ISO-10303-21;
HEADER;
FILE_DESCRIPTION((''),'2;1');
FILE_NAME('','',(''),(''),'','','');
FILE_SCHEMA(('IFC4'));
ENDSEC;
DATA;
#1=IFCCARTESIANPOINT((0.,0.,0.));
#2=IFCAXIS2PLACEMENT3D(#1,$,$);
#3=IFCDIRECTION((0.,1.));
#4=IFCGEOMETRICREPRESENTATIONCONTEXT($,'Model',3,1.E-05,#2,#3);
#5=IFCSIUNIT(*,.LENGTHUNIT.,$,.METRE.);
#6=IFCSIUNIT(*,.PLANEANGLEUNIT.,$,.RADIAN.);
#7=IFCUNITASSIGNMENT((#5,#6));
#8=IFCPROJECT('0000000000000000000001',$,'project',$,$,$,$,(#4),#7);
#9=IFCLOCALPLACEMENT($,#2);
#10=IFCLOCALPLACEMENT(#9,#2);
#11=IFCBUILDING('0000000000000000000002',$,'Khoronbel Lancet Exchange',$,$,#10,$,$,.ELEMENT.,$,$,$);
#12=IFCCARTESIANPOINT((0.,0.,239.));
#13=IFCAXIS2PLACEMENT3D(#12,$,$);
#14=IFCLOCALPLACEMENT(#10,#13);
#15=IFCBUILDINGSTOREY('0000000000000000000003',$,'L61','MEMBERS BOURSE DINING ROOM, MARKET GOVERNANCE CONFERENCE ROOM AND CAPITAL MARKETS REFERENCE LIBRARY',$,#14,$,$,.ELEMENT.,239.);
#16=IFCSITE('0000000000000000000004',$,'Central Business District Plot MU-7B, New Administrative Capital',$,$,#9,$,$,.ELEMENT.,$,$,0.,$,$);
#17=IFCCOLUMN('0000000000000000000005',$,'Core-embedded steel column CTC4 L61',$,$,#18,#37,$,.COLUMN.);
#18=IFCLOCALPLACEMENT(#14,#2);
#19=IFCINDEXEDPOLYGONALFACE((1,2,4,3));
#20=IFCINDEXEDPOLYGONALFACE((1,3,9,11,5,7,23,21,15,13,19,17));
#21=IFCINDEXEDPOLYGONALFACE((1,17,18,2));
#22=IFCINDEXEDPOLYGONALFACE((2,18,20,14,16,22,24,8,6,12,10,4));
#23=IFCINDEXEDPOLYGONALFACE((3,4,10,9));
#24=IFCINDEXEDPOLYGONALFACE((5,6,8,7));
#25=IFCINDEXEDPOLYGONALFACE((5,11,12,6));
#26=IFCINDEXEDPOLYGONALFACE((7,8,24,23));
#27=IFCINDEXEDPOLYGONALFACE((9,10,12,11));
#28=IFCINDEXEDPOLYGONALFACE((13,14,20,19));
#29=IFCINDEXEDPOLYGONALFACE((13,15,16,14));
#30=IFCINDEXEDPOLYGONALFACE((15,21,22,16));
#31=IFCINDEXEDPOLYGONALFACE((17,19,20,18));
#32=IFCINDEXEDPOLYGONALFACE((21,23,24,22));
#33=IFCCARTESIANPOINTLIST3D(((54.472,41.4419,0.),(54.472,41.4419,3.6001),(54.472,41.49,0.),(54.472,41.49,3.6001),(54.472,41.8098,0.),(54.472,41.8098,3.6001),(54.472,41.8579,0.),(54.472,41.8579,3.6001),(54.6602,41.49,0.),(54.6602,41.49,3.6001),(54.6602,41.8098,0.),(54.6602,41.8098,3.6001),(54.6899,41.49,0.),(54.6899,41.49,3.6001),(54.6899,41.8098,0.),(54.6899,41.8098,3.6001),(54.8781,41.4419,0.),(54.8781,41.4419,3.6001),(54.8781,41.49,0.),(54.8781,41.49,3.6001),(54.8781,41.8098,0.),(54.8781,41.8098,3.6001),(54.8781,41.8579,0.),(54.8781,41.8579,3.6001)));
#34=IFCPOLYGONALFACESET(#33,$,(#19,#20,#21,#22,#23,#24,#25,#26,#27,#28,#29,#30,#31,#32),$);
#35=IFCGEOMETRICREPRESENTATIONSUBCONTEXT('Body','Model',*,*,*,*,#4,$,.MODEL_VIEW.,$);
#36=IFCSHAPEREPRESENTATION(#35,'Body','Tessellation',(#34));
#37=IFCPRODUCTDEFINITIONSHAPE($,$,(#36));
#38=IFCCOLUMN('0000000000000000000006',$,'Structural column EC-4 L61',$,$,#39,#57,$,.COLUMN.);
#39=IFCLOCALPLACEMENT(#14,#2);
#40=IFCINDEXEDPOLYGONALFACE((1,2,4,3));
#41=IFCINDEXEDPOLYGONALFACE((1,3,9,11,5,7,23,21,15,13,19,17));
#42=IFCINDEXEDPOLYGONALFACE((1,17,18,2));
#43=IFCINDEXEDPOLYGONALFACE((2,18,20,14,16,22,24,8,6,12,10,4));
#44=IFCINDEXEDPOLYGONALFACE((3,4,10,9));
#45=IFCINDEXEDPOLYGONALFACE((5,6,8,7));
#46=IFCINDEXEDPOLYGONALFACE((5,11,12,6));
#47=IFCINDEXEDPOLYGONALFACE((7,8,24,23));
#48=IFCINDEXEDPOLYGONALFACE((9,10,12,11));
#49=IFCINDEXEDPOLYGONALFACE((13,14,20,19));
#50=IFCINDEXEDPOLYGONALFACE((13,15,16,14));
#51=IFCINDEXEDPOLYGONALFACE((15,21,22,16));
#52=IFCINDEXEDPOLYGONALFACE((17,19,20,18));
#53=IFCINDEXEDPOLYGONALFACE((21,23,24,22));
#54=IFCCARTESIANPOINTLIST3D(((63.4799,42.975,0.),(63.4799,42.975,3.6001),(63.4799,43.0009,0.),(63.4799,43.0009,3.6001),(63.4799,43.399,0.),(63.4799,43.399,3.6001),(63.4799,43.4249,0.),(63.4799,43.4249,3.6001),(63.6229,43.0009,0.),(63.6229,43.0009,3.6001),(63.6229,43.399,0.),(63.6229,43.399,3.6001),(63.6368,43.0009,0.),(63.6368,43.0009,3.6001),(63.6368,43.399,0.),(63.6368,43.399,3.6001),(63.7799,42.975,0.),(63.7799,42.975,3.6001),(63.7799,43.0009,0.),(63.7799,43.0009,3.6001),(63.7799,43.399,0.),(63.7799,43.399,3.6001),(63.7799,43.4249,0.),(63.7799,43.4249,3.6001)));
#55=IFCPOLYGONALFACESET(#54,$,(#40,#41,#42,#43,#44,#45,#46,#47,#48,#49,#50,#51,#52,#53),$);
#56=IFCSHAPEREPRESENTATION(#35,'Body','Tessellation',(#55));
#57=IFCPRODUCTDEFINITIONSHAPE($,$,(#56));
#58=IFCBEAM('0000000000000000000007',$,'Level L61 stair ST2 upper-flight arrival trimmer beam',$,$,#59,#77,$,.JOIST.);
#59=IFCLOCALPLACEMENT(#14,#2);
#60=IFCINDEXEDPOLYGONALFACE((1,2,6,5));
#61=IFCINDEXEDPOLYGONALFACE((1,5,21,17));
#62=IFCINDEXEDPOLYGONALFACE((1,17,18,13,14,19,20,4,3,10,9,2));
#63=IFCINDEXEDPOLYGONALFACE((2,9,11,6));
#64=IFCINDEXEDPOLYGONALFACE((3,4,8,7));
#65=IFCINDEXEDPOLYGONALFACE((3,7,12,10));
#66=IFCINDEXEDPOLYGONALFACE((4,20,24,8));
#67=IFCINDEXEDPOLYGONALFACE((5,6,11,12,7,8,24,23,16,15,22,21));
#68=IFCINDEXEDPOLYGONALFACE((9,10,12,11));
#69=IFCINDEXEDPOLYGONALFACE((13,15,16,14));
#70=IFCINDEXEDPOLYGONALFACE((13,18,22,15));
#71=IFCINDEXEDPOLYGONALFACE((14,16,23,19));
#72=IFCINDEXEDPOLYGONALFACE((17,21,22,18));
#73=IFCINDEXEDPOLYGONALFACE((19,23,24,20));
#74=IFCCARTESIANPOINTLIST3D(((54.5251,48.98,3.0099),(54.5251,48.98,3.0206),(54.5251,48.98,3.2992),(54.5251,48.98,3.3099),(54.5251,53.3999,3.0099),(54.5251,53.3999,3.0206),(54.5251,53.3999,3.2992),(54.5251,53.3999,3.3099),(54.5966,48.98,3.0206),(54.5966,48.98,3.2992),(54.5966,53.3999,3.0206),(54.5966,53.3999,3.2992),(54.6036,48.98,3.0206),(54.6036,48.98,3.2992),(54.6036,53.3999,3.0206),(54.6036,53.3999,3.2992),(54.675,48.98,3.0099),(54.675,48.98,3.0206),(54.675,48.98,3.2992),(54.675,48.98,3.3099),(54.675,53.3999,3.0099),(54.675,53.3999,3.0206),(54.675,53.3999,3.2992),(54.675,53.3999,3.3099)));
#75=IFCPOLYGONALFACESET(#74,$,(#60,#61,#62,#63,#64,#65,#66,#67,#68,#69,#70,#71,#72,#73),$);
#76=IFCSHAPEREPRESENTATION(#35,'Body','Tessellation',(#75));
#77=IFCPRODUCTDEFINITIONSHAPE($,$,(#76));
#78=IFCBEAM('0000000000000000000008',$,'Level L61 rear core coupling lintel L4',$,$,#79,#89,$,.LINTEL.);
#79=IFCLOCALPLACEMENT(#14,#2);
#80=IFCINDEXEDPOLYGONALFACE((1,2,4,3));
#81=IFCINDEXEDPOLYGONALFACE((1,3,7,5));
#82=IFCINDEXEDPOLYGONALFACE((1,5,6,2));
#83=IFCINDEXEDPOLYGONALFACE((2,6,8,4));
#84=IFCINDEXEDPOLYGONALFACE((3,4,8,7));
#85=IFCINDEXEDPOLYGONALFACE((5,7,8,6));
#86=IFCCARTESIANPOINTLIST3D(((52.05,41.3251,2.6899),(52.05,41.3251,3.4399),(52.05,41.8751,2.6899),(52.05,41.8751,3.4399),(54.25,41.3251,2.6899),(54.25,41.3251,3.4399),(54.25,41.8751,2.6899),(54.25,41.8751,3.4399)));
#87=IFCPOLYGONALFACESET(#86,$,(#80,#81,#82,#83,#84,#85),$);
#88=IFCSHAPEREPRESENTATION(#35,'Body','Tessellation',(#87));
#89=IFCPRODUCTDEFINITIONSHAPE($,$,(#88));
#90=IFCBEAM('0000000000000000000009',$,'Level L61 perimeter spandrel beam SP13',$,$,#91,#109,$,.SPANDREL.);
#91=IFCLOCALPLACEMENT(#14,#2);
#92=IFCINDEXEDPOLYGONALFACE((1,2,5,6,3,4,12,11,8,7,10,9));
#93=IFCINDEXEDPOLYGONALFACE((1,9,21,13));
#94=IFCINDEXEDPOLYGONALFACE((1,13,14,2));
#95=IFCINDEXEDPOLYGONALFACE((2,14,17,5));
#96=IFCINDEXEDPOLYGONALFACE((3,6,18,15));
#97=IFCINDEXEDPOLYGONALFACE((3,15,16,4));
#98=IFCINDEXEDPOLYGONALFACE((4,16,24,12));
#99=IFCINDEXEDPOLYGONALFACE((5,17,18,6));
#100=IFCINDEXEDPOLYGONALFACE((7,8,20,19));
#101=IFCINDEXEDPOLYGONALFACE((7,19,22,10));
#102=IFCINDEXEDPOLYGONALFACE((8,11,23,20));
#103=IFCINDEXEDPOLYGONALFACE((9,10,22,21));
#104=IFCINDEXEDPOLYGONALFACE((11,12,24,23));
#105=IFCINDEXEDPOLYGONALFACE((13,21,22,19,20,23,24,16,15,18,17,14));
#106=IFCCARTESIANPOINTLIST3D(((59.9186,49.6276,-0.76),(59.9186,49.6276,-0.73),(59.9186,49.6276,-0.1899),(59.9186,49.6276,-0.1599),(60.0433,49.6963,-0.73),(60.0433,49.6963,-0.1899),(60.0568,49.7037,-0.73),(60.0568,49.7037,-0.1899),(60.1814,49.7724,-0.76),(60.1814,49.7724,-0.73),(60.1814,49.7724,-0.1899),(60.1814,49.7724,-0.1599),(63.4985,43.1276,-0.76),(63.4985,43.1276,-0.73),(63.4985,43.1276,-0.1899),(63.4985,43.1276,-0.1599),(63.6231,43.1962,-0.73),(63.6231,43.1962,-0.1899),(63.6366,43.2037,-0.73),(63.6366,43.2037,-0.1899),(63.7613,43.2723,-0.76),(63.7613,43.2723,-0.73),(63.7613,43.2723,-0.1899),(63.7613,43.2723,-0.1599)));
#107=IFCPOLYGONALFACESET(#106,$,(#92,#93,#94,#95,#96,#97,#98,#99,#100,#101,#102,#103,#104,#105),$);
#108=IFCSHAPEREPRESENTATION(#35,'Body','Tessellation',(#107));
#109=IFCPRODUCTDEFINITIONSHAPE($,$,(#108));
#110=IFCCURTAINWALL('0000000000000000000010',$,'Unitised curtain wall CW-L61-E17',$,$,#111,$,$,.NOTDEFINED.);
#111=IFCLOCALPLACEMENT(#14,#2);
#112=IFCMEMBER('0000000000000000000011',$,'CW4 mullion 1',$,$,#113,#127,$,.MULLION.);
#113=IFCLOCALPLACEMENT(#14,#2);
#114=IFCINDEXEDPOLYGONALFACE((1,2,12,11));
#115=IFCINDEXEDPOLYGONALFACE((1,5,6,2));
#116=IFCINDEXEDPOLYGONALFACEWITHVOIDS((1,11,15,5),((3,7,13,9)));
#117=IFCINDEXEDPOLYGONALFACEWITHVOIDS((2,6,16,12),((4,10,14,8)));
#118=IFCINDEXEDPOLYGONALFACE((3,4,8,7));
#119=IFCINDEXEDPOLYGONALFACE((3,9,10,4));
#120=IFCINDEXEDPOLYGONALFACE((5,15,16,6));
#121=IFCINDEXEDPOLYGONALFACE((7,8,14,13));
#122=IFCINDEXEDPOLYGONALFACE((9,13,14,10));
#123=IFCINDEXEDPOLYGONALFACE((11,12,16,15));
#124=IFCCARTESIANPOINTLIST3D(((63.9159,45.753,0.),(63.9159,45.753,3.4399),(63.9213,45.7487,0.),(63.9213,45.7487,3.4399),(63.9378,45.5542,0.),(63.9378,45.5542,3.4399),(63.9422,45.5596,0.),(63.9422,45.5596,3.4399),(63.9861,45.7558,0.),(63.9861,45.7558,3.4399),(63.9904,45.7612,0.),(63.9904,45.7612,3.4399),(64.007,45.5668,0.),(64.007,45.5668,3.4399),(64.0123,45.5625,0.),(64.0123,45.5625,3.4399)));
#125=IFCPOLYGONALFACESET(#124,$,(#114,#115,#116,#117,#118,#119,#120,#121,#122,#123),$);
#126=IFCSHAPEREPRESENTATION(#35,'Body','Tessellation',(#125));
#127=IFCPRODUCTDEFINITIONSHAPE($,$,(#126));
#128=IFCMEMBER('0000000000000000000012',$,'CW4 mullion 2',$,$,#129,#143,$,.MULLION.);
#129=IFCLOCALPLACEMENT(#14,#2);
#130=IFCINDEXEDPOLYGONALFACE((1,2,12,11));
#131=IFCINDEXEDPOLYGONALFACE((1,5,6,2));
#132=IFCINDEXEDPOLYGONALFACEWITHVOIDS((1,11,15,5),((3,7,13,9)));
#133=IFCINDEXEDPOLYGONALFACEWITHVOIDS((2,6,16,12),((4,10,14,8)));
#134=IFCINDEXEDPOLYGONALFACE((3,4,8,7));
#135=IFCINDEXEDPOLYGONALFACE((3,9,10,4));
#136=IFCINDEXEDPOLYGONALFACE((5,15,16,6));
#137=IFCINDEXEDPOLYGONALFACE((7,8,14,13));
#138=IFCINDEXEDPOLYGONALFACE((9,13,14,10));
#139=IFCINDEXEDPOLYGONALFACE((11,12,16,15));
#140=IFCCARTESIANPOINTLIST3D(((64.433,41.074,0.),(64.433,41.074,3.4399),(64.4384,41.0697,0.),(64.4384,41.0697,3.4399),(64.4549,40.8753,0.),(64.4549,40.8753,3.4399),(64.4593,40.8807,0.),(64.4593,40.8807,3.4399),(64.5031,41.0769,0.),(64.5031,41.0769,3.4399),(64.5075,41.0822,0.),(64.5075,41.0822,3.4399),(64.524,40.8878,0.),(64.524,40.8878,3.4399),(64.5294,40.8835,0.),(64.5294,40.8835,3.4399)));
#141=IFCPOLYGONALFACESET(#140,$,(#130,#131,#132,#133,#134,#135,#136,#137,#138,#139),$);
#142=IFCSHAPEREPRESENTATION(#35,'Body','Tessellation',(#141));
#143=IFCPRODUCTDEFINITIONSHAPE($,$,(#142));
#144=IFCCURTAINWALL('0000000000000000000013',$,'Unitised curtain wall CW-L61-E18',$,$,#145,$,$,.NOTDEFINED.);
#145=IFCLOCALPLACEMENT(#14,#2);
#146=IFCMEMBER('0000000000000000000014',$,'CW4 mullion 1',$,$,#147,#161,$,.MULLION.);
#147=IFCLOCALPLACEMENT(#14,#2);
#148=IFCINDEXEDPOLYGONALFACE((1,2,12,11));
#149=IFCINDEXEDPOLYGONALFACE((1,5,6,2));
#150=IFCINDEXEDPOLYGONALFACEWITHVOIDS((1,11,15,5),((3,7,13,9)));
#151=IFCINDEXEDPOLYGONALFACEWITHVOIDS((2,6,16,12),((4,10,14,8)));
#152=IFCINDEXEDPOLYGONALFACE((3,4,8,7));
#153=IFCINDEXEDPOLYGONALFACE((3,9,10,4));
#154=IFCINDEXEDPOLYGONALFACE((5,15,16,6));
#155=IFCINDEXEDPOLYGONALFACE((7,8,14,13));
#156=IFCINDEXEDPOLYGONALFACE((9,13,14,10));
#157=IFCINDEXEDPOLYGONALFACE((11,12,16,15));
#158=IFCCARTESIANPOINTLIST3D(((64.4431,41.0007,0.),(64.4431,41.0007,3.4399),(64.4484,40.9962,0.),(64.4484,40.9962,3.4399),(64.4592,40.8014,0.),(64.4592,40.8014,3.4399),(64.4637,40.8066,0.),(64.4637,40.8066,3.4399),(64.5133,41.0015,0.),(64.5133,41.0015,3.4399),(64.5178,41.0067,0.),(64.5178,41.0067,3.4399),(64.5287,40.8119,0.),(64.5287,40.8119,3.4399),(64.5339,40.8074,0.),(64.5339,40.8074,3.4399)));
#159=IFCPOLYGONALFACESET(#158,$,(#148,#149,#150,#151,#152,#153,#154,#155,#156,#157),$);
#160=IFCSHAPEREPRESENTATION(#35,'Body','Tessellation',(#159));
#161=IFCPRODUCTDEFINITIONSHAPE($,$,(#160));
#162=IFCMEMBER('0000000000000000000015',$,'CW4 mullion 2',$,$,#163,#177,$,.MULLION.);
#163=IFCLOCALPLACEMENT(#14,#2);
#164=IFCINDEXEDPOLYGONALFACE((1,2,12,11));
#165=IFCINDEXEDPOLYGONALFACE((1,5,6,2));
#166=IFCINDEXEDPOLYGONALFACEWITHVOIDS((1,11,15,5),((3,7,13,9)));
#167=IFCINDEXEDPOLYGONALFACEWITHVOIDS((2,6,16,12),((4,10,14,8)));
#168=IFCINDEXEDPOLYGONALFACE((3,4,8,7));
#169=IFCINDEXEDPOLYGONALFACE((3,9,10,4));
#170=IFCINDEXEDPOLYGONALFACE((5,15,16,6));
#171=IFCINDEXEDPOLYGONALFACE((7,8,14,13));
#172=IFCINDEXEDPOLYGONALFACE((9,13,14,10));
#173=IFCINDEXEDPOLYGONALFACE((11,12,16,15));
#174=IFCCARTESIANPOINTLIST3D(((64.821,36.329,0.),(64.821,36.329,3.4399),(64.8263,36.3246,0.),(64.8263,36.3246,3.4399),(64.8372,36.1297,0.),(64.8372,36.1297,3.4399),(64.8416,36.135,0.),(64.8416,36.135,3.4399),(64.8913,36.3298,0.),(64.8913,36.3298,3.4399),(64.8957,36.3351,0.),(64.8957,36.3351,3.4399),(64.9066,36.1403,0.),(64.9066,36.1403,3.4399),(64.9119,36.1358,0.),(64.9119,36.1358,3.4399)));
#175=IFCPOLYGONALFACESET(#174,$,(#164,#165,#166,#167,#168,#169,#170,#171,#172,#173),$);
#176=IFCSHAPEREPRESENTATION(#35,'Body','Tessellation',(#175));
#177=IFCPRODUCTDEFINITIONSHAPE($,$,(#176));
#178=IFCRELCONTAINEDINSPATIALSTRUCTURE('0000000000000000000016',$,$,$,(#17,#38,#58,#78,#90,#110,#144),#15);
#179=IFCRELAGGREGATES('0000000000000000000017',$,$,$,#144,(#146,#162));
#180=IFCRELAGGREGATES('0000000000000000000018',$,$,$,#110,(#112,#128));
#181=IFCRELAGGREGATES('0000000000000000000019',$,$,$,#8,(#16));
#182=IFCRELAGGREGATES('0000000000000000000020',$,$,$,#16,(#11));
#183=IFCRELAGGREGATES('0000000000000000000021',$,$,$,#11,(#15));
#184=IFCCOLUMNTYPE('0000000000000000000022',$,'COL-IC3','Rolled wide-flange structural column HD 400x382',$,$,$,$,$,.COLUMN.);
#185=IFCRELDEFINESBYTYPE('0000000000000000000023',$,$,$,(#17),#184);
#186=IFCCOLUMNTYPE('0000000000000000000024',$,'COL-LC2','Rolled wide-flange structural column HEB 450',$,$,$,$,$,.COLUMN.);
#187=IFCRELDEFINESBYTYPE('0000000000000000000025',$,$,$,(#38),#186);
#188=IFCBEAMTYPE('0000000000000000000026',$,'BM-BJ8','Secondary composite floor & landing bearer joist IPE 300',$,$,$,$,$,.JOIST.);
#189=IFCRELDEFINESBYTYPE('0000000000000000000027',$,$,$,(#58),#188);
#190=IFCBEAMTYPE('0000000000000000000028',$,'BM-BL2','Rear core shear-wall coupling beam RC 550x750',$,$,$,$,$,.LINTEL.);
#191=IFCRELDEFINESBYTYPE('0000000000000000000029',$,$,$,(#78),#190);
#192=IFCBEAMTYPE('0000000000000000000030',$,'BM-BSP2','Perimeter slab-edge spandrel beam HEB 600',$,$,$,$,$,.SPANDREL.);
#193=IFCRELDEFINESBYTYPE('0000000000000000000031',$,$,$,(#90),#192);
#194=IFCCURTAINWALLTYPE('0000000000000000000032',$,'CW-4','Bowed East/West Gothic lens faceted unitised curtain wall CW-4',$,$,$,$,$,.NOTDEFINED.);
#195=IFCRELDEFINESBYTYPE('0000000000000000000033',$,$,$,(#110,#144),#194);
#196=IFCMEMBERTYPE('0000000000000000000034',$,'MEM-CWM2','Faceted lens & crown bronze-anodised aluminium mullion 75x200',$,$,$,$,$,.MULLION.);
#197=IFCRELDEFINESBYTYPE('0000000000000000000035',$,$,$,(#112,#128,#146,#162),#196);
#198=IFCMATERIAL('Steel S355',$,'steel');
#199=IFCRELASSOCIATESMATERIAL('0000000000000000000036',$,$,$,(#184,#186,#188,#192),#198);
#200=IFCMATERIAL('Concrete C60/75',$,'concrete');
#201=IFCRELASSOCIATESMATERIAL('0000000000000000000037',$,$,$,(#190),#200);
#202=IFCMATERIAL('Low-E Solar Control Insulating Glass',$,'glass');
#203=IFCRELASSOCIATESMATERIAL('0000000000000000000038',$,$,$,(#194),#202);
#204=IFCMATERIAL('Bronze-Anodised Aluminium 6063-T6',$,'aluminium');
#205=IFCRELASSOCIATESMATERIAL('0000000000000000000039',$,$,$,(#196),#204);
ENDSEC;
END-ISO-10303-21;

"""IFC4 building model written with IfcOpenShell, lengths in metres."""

from ifc_helpers import new_model, si_unit, direction, frame, origin, origin_2d, place, context, subcontext, project, spatial, rectangle, hollow_rectangle, i_section, extrude, material, material_profile, profile_set, type_object, element, aggregate, save


model = new_model("IFC4")

# Units and contexts
model_context = context("Model", 3, precision=1e-05, world=origin(), true_north=direction((0.0, 1.0)))
body_context = subcontext(model_context, "Body", "Model", "MODEL_VIEW")
ifc_project = project(units=[si_unit("LENGTHUNIT", "METRE"), si_unit("PLANEANGLEUNIT", "RADIAN")], contexts=[model_context])

# Site, building, storey
site_placement = place(None, origin())
site = spatial("IfcSite", under=ifc_project, at=site_placement, Name="Central Business District Plot MU-7B, New Administrative Capital", CompositionType="ELEMENT", RefElevation=0.0)
building_placement = place(site_placement, origin())
building = spatial("IfcBuilding", under=site, at=building_placement, Name="Khoronbel Lancet Exchange", CompositionType="ELEMENT")
storey_placement = place(building_placement, frame((0.0, 0.0, 239.0)))
storey = spatial("IfcBuildingStorey", under=building, at=storey_placement, Name="L61", Description="MEMBERS BOURSE DINING ROOM, MARKET GOVERNANCE CONFERENCE ROOM AND CAPITAL MARKETS REFERENCE LIBRARY", CompositionType="ELEMENT", Elevation=239.0)

# Columns
ifc_material_1 = material(Name="Steel S355", Category="steel")
ifc_material_profile_1 = material_profile(ifc_material_1, i_section(OverallWidth=0.406, OverallDepth=0.416, WebThickness=0.0298, FlangeThickness=0.0481, at=origin_2d()), Name="HD 400x382")
ifc_profile_set_1 = profile_set([ifc_material_profile_1], Name="Steel S355")
column_type_1 = type_object("IfcColumnType", Name="COL-IC3", Description="Rolled wide-flange structural column HD 400x382", PredefinedType="COLUMN", material=ifc_profile_set_1)
column_1_placement = place(storey_placement, frame((54.675, 41.6499, 0.0), z_axis=(0.0, 0.0, 1.0), x_axis=(1.0, 0.0, 0.0)))
element("IfcColumn", 1, at=column_1_placement, inside=storey, type_object=column_type_1, Name="Core-embedded steel column CTC4 L61", PredefinedType="COLUMN", context=body_context, shape_type="SweptSolid", body=[
    extrude(i_section(OverallWidth=0.406, OverallDepth=0.416, WebThickness=0.0298, FlangeThickness=0.0481, at=origin_2d()), origin(), (0.0, 0.0, 1.0), 3.6001),
])
ifc_material_profile_2 = material_profile(ifc_material_1, i_section(OverallWidth=0.3, OverallDepth=0.45, WebThickness=0.0139, FlangeThickness=0.0259, at=origin_2d()), Name="HEB 450")
ifc_profile_set_2 = profile_set([ifc_material_profile_2], Name="Steel S355")
column_type_2 = type_object("IfcColumnType", Name="COL-LC2", Description="Rolled wide-flange structural column HEB 450", PredefinedType="COLUMN", material=ifc_profile_set_2)
column_2_placement = place(storey_placement, frame((63.6299, 43.2, 0.0), z_axis=(0.0, 0.0, 1.0), x_axis=(1.0, 0.0, 0.0)))
element("IfcColumn", 2, at=column_2_placement, inside=storey, type_object=column_type_2, Name="Structural column EC-4 L61", PredefinedType="COLUMN", context=body_context, shape_type="SweptSolid", body=[
    extrude(i_section(OverallWidth=0.3, OverallDepth=0.45, WebThickness=0.0139, FlangeThickness=0.0259, at=origin_2d()), origin(), (0.0, 0.0, 1.0), 3.6001),
])

# Beams
ifc_material_profile_3 = material_profile(ifc_material_1, i_section(OverallWidth=0.1499, OverallDepth=0.3, WebThickness=0.0071, FlangeThickness=0.0107, at=origin_2d()), Name="IPE 300")
ifc_profile_set_3 = profile_set([ifc_material_profile_3], Name="Steel S355")
beam_type_1 = type_object("IfcBeamType", Name="BM-BJ8", Description="Secondary composite floor & landing bearer joist IPE 300", PredefinedType="JOIST", material=ifc_profile_set_3)
beam_1_placement = place(storey_placement, frame((54.6001, 48.98, 3.1599), z_axis=(0.0, 1.0, 0.0), x_axis=(-1.0, 0.0, 0.0)))
element("IfcBeam", 3, at=beam_1_placement, inside=storey, type_object=beam_type_1, Name="Level L61 stair ST2 upper-flight arrival trimmer beam", PredefinedType="JOIST", context=body_context, shape_type="SweptSolid", body=[
    extrude(i_section(OverallWidth=0.1499, OverallDepth=0.3, WebThickness=0.0071, FlangeThickness=0.0107, at=origin_2d()), origin(), (0.0, 0.0, 1.0), 4.4199),
])
ifc_material_2 = material(Name="Concrete C60/75", Category="concrete")
ifc_material_profile_4 = material_profile(ifc_material_2, rectangle(XDim=0.55, YDim=0.75, at=origin_2d()), Name="RC 550x750")
ifc_profile_set_4 = profile_set([ifc_material_profile_4], Name="Concrete C60/75")
beam_type_2 = type_object("IfcBeamType", Name="BM-BL2", Description="Rear core shear-wall coupling beam RC 550x750", PredefinedType="LINTEL", material=ifc_profile_set_4)
beam_2_placement = place(storey_placement, frame((52.05, 41.6001, 3.0649), z_axis=(1.0, 0.0, 0.0), x_axis=(0.0, 1.0, 0.0)))
element("IfcBeam", 4, at=beam_2_placement, inside=storey, type_object=beam_type_2, Name="Level L61 rear core coupling lintel L4", PredefinedType="LINTEL", context=body_context, shape_type="SweptSolid", body=[
    extrude(rectangle(XDim=0.55, YDim=0.75, at=origin_2d()), origin(), (0.0, 0.0, 1.0), 2.2),
])
ifc_material_profile_5 = material_profile(ifc_material_1, i_section(OverallWidth=0.3, OverallDepth=0.6001, WebThickness=0.0154, FlangeThickness=0.03, at=origin_2d()), Name="HEB 600")
ifc_profile_set_5 = profile_set([ifc_material_profile_5], Name="Steel S355")
beam_type_3 = type_object("IfcBeamType", Name="BM-BSP2", Description="Perimeter slab-edge spandrel beam HEB 600", PredefinedType="SPANDREL", material=ifc_profile_set_5)
beam_3_placement = place(storey_placement, frame((63.6299, 43.2, -0.46), z_axis=(-0.482419, 0.875941, 0.0), x_axis=(-0.875941, -0.482419, 0.0)))
element("IfcBeam", 5, at=beam_3_placement, inside=storey, type_object=beam_type_3, Name="Level L61 perimeter spandrel beam SP13", PredefinedType="SPANDREL", context=body_context, shape_type="SweptSolid", body=[
    extrude(i_section(OverallWidth=0.3, OverallDepth=0.6001, WebThickness=0.0154, FlangeThickness=0.03, at=origin_2d()), origin(), (0.0, 0.0, 1.0), 7.4207),
])

# Curtain walls, members
ifc_material_3 = material(Name="Low-E Solar Control Insulating Glass", Category="glass")
curtain_wall_type = type_object("IfcCurtainWallType", Name="CW-4", Description="Bowed East/West Gothic lens faceted unitised curtain wall CW-4", PredefinedType="NOTDEFINED", material=ifc_material_3)
curtain_wall_1_placement = place(storey_placement, origin())
curtain_wall_1 = element("IfcCurtainWall", 6, at=curtain_wall_1_placement, inside=storey, type_object=curtain_wall_type, Name="Unitised curtain wall CW-L61-E17", PredefinedType="NOTDEFINED")
ifc_material_4 = material(Name="Bronze-Anodised Aluminium 6063-T6", Category="aluminium")
ifc_material_profile_6 = material_profile(ifc_material_4, hollow_rectangle(XDim=0.075, YDim=0.2, WallThickness=0.0049, at=origin_2d()), Name="ALU MULLION 75x200")
ifc_profile_set_6 = profile_set([ifc_material_profile_6], Name="Bronze-Anodised Aluminium 6063-T6")
member_type_1 = type_object("IfcMemberType", Name="MEM-CWM2", Description="Faceted lens & crown bronze-anodised aluminium mullion 75x200", PredefinedType="MULLION", material=ifc_profile_set_6)
member_1_placement = place(storey_placement, frame((63.9641, 45.6577, 0.0), z_axis=(0.0, 0.0, 1.0), x_axis=(0.993947, 0.109858, 0.0)))
member_1 = element("IfcMember", 7, at=member_1_placement, type_object=member_type_1, Name="CW4 mullion 1", PredefinedType="MULLION", context=body_context, shape_type="SweptSolid", body=[
    extrude(hollow_rectangle(XDim=0.075, YDim=0.2, WallThickness=0.0049, at=origin_2d()), origin(), (0.0, 0.0, 1.0), 3.4399),
])
member_2_placement = place(storey_placement, frame((64.4812, 40.9788, 0.0), z_axis=(0.0, 0.0, 1.0), x_axis=(0.993947, 0.109858, 0.0)))
member_2 = element("IfcMember", 8, at=member_2_placement, type_object=member_type_1, Name="CW4 mullion 2", PredefinedType="MULLION", context=body_context, shape_type="SweptSolid", body=[
    extrude(hollow_rectangle(XDim=0.075, YDim=0.2, WallThickness=0.0049, at=origin_2d()), origin(), (0.0, 0.0, 1.0), 3.4399),
])
curtain_wall_2_placement = place(storey_placement, origin())
curtain_wall_2 = element("IfcCurtainWall", 9, at=curtain_wall_2_placement, inside=storey, type_object=curtain_wall_type, Name="Unitised curtain wall CW-L61-E18", PredefinedType="NOTDEFINED")
member_3_placement = place(storey_placement, frame((64.4885, 40.9041, 0.0), z_axis=(0.0, 0.0, 1.0), x_axis=(0.996743, 0.08064, 0.0)))
member_3 = element("IfcMember", 10, at=member_3_placement, type_object=member_type_1, Name="CW4 mullion 1", PredefinedType="MULLION", context=body_context, shape_type="SweptSolid", body=[
    extrude(hollow_rectangle(XDim=0.075, YDim=0.2, WallThickness=0.0049, at=origin_2d()), origin(), (0.0, 0.0, 1.0), 3.4399),
])
member_4_placement = place(storey_placement, frame((64.8665, 36.2324, 0.0), z_axis=(0.0, 0.0, 1.0), x_axis=(0.996743, 0.08064, 0.0)))
member_4 = element("IfcMember", 11, at=member_4_placement, type_object=member_type_1, Name="CW4 mullion 2", PredefinedType="MULLION", context=body_context, shape_type="SweptSolid", body=[
    extrude(hollow_rectangle(XDim=0.075, YDim=0.2, WallThickness=0.0049, at=origin_2d()), origin(), (0.0, 0.0, 1.0), 3.4399),
])

aggregate(curtain_wall_2, [member_3, member_4])
aggregate(curtain_wall_1, [member_1, member_2])

save(model, "model.ifc")
